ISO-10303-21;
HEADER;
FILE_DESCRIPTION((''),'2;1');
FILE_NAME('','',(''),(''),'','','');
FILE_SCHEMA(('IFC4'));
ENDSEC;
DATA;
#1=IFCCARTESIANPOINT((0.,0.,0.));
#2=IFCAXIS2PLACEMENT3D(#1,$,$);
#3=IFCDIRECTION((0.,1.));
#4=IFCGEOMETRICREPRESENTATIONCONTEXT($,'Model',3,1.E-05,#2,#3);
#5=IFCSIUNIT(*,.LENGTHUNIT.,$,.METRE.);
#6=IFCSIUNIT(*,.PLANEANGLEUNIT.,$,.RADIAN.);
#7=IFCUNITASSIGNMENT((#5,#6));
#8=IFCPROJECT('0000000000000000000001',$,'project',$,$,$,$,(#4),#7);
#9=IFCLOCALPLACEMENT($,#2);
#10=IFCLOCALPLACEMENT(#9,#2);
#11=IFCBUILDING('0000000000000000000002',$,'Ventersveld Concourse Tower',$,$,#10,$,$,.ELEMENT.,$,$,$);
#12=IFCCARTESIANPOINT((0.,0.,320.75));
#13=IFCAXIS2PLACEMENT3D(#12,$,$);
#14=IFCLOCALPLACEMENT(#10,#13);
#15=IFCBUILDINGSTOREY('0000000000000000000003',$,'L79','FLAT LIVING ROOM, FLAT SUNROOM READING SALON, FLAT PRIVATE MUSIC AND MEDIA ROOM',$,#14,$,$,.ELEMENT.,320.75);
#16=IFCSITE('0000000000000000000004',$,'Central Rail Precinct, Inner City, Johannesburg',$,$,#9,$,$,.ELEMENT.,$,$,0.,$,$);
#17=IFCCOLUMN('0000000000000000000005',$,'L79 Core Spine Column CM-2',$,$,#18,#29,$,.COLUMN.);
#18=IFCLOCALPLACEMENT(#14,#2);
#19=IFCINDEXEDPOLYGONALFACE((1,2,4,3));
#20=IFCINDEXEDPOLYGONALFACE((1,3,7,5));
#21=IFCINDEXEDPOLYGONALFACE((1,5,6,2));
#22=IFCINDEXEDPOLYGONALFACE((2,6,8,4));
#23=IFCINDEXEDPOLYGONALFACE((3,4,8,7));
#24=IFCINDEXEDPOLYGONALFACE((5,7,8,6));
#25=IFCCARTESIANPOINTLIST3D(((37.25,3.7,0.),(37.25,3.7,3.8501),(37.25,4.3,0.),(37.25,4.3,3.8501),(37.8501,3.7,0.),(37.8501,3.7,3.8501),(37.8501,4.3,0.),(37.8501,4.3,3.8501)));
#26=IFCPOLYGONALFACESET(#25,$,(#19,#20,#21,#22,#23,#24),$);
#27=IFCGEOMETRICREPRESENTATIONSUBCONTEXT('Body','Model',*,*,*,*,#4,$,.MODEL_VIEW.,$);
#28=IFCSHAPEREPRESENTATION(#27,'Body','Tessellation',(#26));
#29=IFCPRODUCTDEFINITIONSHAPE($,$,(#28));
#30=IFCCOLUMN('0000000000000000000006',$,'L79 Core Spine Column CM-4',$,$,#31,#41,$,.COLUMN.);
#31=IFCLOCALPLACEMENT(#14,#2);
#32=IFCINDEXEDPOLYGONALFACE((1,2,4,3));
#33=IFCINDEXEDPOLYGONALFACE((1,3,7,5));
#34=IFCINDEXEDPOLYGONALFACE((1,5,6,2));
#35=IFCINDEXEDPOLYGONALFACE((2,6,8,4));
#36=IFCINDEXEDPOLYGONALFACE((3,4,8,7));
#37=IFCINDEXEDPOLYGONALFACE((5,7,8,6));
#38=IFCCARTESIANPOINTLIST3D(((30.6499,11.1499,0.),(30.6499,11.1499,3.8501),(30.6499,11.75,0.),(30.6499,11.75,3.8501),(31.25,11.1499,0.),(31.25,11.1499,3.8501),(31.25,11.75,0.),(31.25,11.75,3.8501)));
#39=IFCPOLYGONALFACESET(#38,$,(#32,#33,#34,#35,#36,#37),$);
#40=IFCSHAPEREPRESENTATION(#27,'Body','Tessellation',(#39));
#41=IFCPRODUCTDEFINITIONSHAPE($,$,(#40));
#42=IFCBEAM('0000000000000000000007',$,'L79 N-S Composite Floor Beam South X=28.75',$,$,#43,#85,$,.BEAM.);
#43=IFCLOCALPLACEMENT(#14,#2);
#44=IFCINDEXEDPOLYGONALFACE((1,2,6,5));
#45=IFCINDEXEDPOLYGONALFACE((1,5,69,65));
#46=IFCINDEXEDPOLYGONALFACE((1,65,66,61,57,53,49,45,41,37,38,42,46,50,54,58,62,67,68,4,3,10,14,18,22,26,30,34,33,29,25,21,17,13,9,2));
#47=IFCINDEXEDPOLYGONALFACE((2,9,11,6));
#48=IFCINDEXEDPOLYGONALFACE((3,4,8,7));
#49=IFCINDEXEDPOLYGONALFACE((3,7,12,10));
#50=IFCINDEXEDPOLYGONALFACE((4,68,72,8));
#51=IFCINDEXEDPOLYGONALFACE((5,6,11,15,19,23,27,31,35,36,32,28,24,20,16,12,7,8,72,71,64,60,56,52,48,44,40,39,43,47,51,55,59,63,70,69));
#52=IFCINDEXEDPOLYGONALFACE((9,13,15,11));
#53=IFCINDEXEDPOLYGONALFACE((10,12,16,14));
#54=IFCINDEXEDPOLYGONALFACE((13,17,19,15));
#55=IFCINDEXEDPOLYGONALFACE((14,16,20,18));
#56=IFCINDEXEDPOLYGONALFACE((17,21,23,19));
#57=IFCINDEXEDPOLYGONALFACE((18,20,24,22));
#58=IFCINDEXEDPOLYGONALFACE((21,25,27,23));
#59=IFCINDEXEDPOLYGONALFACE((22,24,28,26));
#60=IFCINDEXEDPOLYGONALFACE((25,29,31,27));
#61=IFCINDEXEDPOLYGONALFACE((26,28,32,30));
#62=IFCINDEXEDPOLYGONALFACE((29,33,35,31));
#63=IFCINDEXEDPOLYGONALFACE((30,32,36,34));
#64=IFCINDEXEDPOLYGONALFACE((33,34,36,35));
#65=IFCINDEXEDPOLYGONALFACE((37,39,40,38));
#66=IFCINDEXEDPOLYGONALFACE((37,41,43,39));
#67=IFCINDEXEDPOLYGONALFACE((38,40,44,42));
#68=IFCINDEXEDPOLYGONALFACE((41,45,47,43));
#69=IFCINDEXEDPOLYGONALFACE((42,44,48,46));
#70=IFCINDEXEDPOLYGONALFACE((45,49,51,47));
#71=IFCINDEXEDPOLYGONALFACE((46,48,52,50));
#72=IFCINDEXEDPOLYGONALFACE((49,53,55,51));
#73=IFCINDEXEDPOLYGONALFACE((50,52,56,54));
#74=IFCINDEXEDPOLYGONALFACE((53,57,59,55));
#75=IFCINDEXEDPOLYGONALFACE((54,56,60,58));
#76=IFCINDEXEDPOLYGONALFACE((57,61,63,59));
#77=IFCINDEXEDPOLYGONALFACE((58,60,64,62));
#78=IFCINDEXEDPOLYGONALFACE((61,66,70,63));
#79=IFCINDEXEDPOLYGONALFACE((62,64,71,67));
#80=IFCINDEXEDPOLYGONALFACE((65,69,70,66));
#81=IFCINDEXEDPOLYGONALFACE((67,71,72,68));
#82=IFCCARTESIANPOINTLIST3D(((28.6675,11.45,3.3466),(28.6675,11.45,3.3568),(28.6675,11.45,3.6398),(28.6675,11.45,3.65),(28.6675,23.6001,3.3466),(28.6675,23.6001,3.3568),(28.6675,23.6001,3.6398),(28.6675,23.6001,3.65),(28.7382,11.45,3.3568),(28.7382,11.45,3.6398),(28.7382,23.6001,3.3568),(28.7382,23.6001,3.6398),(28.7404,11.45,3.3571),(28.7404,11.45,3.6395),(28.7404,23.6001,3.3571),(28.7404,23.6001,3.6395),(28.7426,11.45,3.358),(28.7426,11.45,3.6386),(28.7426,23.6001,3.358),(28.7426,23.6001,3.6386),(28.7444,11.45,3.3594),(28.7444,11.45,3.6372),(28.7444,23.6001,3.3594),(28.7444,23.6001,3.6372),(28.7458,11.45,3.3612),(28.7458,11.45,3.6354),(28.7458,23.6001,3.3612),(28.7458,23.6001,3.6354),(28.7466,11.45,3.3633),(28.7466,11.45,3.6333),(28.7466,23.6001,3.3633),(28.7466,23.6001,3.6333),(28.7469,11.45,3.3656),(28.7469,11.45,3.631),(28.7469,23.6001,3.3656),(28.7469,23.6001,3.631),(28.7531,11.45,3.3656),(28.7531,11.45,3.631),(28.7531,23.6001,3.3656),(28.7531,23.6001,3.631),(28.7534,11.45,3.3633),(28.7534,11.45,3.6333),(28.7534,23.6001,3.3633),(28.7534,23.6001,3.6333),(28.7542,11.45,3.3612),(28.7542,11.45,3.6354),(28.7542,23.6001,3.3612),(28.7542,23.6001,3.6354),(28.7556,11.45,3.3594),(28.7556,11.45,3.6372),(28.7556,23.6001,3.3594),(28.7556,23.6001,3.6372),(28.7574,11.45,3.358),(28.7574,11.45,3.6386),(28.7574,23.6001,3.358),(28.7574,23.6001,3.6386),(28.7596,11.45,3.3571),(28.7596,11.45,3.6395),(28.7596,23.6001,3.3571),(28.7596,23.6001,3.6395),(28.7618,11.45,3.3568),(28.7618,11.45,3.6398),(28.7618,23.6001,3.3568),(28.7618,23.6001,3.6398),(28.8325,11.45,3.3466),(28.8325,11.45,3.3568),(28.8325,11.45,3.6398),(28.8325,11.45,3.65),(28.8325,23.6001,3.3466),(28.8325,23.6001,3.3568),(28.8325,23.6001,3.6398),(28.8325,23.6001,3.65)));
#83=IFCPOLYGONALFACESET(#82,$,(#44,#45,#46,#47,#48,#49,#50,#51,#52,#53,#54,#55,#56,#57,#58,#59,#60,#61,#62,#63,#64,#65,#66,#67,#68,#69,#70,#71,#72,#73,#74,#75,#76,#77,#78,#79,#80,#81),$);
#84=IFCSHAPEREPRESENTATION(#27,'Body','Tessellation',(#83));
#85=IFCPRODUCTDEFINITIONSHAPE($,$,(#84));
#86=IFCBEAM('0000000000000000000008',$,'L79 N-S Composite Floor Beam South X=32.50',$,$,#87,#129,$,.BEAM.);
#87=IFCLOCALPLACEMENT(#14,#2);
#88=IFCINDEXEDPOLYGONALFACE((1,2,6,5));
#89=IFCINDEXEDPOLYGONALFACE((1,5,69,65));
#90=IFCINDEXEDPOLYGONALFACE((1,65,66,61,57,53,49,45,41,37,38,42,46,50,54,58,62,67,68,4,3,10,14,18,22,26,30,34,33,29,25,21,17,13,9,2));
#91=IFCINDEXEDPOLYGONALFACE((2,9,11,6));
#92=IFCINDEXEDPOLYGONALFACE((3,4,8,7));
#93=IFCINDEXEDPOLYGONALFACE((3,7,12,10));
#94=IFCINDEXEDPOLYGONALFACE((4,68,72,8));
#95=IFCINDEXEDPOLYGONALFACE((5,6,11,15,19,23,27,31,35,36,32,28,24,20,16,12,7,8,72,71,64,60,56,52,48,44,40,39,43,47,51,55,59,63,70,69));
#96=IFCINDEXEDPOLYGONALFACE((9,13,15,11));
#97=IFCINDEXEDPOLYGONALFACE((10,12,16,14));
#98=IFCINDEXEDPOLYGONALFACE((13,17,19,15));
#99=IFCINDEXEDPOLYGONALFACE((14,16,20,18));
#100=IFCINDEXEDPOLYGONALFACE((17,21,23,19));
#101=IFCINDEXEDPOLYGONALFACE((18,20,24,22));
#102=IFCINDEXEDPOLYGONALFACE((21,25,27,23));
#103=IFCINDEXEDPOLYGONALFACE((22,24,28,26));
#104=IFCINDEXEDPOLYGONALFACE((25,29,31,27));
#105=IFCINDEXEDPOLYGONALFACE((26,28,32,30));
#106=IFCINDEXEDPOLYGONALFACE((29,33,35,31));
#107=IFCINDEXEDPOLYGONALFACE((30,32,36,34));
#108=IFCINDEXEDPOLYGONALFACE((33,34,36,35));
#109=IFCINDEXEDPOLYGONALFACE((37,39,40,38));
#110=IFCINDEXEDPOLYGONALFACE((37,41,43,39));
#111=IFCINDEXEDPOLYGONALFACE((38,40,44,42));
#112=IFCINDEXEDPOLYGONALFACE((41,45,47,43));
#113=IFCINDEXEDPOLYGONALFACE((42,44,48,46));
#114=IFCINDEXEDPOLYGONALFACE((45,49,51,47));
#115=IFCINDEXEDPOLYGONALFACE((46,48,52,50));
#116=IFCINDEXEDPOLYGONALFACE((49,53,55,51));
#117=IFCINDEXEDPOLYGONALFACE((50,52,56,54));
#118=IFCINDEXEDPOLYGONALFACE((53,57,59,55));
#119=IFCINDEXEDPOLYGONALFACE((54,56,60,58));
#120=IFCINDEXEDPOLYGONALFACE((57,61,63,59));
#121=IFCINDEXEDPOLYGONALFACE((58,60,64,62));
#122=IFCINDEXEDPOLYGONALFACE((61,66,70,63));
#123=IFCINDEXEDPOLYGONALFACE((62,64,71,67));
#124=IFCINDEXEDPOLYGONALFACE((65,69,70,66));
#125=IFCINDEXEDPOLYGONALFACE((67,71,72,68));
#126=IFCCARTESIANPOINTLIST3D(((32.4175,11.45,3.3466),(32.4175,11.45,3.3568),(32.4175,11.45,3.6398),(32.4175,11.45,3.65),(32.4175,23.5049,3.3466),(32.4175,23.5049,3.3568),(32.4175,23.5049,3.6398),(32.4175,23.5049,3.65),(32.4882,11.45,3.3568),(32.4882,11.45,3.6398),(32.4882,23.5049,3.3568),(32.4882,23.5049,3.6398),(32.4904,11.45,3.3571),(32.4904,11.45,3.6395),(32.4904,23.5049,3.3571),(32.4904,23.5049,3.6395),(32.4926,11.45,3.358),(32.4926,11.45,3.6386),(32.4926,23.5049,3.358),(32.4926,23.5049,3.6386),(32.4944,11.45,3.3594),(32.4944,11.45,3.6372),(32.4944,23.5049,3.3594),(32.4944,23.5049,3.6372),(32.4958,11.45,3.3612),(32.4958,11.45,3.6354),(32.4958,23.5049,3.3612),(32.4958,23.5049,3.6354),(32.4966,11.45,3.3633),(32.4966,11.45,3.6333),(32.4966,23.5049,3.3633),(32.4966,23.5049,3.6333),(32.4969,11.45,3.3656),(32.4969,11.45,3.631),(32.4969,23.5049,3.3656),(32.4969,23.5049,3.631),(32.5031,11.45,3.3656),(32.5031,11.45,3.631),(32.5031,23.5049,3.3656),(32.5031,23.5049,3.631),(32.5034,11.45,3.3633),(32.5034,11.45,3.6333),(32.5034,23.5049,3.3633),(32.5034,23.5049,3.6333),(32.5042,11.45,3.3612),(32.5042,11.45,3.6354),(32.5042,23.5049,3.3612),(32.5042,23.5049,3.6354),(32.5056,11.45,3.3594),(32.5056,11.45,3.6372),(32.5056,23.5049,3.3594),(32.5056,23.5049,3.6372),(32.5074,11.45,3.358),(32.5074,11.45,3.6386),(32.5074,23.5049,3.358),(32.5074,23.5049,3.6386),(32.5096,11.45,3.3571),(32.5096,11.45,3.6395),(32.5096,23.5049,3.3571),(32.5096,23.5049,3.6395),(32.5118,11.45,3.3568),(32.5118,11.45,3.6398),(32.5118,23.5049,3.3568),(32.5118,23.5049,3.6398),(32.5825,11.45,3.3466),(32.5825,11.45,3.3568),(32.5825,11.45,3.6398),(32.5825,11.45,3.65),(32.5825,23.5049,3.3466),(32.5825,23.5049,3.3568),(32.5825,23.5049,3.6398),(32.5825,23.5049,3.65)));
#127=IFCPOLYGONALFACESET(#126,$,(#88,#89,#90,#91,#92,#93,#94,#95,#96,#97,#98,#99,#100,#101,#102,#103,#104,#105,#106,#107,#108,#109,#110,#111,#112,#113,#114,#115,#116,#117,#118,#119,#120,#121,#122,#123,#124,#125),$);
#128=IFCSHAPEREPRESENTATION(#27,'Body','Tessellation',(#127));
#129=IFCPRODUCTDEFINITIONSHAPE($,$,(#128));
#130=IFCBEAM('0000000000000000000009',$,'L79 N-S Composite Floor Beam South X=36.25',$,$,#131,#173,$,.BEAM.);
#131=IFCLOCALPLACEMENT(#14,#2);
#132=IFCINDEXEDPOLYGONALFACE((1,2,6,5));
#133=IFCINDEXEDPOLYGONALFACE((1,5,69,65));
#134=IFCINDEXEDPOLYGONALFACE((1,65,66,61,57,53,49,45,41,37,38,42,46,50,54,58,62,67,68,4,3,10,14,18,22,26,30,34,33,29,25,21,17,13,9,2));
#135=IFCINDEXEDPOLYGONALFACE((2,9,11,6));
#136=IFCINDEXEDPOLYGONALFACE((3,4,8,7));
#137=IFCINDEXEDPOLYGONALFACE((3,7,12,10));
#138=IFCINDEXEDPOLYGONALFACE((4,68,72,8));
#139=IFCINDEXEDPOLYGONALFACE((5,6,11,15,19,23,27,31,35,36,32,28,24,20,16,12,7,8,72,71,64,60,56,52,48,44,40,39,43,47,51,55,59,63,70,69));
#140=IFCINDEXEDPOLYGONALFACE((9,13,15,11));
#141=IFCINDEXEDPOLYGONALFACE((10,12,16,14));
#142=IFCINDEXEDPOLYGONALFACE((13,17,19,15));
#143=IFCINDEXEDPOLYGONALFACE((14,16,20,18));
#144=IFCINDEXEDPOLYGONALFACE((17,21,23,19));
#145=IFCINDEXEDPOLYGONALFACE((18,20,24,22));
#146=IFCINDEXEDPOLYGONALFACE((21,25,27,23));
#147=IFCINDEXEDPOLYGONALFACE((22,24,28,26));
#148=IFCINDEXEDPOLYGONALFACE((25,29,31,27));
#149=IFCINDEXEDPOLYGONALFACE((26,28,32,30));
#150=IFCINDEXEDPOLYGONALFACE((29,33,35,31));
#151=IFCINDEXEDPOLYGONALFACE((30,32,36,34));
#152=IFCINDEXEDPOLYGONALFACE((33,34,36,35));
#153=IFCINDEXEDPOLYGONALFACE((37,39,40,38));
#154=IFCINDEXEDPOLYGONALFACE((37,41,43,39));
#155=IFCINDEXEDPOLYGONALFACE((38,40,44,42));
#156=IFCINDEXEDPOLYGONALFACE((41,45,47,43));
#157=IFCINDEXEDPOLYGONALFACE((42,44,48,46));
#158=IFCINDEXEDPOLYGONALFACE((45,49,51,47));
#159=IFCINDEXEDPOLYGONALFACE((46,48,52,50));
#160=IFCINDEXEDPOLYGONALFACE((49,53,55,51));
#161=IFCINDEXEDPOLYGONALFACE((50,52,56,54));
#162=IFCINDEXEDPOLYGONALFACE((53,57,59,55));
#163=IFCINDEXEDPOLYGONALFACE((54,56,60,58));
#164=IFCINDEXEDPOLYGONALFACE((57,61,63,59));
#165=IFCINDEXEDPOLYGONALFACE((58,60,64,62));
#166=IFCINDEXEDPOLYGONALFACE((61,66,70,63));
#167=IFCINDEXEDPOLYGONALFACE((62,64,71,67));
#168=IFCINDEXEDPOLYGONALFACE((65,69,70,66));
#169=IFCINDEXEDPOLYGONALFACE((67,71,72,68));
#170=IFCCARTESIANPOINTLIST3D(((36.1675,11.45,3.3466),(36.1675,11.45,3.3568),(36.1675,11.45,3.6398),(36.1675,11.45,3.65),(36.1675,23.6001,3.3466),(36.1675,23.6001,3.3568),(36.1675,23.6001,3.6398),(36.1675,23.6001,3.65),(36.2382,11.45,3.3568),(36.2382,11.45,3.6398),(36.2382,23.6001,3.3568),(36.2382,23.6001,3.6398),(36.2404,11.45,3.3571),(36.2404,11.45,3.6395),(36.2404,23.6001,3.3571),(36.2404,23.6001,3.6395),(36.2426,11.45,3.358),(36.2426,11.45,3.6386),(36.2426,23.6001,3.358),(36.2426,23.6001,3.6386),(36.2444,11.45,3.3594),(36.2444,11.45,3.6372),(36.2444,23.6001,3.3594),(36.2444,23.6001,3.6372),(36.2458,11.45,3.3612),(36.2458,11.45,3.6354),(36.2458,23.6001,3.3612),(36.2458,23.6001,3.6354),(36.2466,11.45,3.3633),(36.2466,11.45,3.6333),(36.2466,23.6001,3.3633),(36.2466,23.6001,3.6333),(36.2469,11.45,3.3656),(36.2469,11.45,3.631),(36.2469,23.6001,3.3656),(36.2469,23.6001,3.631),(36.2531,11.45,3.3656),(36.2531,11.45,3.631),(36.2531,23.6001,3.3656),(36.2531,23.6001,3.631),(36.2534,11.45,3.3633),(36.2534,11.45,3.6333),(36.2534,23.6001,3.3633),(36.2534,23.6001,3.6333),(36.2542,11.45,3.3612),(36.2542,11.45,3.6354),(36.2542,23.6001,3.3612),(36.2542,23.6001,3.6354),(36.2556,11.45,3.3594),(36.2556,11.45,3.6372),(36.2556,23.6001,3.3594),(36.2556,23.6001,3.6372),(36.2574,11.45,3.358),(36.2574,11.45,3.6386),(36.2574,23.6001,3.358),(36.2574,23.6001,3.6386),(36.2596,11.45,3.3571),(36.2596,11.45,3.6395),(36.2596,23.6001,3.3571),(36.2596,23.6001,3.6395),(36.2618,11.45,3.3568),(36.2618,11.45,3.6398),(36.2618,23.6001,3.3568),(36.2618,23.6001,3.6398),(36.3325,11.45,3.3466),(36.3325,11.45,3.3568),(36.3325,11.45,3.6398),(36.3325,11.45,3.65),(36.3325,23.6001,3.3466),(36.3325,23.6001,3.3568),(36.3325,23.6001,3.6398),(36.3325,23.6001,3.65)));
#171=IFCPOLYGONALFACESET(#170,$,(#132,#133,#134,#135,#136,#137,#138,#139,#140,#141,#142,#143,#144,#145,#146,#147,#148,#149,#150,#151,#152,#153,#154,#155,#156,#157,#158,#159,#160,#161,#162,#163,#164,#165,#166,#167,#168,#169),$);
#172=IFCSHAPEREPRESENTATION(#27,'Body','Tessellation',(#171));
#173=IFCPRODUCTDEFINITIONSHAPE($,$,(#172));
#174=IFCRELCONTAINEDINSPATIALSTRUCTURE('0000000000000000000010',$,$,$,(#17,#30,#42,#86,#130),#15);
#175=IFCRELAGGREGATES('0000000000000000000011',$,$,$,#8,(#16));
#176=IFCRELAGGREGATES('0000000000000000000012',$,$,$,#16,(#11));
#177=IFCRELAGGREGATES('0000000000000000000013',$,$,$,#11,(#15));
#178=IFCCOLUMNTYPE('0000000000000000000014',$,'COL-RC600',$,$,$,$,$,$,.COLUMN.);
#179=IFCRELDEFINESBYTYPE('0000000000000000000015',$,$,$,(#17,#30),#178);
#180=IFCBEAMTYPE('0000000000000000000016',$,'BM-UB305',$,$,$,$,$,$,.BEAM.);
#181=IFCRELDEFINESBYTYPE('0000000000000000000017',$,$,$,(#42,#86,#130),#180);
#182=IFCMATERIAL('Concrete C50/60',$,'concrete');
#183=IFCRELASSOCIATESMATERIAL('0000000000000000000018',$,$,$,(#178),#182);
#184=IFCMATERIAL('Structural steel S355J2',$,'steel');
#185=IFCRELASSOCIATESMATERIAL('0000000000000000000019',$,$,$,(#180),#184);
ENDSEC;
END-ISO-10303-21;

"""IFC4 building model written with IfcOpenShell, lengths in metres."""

from ifc_helpers import new_model, si_unit, direction, frame, origin, origin_2d, place, context, subcontext, project, spatial, rectangle, i_section, extrude, material, material_profile, profile_set, type_object, element, save


model = new_model("IFC4")

# Units and contexts
model_context = context("Model", 3, precision=1e-05, world=origin(), true_north=direction((0.0, 1.0)))
body_context = subcontext(model_context, "Body", "Model", "MODEL_VIEW")
ifc_project = project(units=[si_unit("LENGTHUNIT", "METRE"), si_unit("PLANEANGLEUNIT", "RADIAN")], contexts=[model_context])

# Site, building, storey
site_placement = place(None, origin())
site = spatial("IfcSite", under=ifc_project, at=site_placement, Name="Central Rail Precinct, Inner City, Johannesburg", CompositionType="ELEMENT", RefElevation=0.0)
building_placement = place(site_placement, origin())
building = spatial("IfcBuilding", under=site, at=building_placement, Name="Ventersveld Concourse Tower", CompositionType="ELEMENT")
storey_placement = place(building_placement, frame((0.0, 0.0, 320.75)))
storey = spatial("IfcBuildingStorey", under=building, at=storey_placement, Name="L79", Description="FLAT LIVING ROOM, FLAT SUNROOM READING SALON, FLAT PRIVATE MUSIC AND MEDIA ROOM", CompositionType="ELEMENT", Elevation=320.75)

# Columns
ifc_material_1 = material(Name="Concrete C50/60", Category="concrete")
ifc_material_profile_1 = material_profile(ifc_material_1, rectangle(XDim=0.6001, YDim=0.6001, at=origin_2d()), Name="RC 600x600")
ifc_profile_set_1 = profile_set([ifc_material_profile_1], Name="Concrete C50/60")
column_type = type_object("IfcColumnType", Name="COL-RC600", PredefinedType="COLUMN", material=ifc_profile_set_1)
for number, where, z_axis, x_axis, name in (
    (1, (37.55, 4.0, 0.0), (0.0, 0.0, 1.0), (1.0, 0.0, 0.0), "L79 Core Spine Column CM-2"),
    (2, (30.95, 11.45, 0.0), (0.0, 0.0, 1.0), (1.0, 0.0, 0.0), "L79 Core Spine Column CM-4"),
):
    element("IfcColumn", number, at=place(storey_placement, frame(where, z_axis=z_axis, x_axis=x_axis)), inside=storey, type_object=column_type, Name=name, PredefinedType="COLUMN", context=body_context, shape_type="SweptSolid", body=[
        extrude(rectangle(XDim=0.6001, YDim=0.6001, at=origin_2d()), origin(), (0.0, 0.0, 1.0), 3.8501),
    ])

# Beams
ifc_material_2 = material(Name="Structural steel S355J2", Category="steel")
ifc_material_profile_2 = material_profile(ifc_material_2, i_section(OverallWidth=0.165, OverallDepth=0.3035, WebThickness=0.0061, FlangeThickness=0.0103, FilletRadius=0.0088, at=origin_2d()), Name="UB 305x165x40")
ifc_profile_set_2 = profile_set([ifc_material_profile_2], Name="Structural steel S355J2")
beam_type_1 = type_object("IfcBeamType", Name="BM-UB305", PredefinedType="BEAM", material=ifc_profile_set_2)
beam_1_placement = place(storey_placement, frame((28.75, 11.45, 3.4983), z_axis=(0.0, 1.0, 0.0), x_axis=(-1.0, 0.0, 0.0)))
element("IfcBeam", 3, at=beam_1_placement, inside=storey, type_object=beam_type_1, Name="L79 N-S Composite Floor Beam South X=28.75", PredefinedType="BEAM", context=body_context, shape_type="SweptSolid", body=[
    extrude(i_section(OverallWidth=0.165, OverallDepth=0.3035, WebThickness=0.0061, FlangeThickness=0.0103, FilletRadius=0.0088, at=origin_2d()), origin(), (0.0, 0.0, 1.0), 12.1501),
])
beam_2_placement = place(storey_placement, frame((32.5, 11.45, 3.4983), z_axis=(0.0, 1.0, 0.0), x_axis=(-1.0, 0.0, 0.0)))
element("IfcBeam", 4, at=beam_2_placement, inside=storey, type_object=beam_type_1, Name="L79 N-S Composite Floor Beam South X=32.50", PredefinedType="BEAM", context=body_context, shape_type="SweptSolid", body=[
    extrude(i_section(OverallWidth=0.165, OverallDepth=0.3035, WebThickness=0.0061, FlangeThickness=0.0103, FilletRadius=0.0088, at=origin_2d()), origin(), (0.0, 0.0, 1.0), 12.0549),
])
beam_3_placement = place(storey_placement, frame((36.25, 11.45, 3.4983), z_axis=(0.0, 1.0, 0.0), x_axis=(-1.0, 0.0, 0.0)))
element("IfcBeam", 5, at=beam_3_placement, inside=storey, type_object=beam_type_1, Name="L79 N-S Composite Floor Beam South X=36.25", PredefinedType="BEAM", context=body_context, shape_type="SweptSolid", body=[
    extrude(i_section(OverallWidth=0.165, OverallDepth=0.3035, WebThickness=0.0061, FlangeThickness=0.0103, FilletRadius=0.0088, at=origin_2d()), origin(), (0.0, 0.0, 1.0), 12.1501),
])

save(model, "model.ifc")
